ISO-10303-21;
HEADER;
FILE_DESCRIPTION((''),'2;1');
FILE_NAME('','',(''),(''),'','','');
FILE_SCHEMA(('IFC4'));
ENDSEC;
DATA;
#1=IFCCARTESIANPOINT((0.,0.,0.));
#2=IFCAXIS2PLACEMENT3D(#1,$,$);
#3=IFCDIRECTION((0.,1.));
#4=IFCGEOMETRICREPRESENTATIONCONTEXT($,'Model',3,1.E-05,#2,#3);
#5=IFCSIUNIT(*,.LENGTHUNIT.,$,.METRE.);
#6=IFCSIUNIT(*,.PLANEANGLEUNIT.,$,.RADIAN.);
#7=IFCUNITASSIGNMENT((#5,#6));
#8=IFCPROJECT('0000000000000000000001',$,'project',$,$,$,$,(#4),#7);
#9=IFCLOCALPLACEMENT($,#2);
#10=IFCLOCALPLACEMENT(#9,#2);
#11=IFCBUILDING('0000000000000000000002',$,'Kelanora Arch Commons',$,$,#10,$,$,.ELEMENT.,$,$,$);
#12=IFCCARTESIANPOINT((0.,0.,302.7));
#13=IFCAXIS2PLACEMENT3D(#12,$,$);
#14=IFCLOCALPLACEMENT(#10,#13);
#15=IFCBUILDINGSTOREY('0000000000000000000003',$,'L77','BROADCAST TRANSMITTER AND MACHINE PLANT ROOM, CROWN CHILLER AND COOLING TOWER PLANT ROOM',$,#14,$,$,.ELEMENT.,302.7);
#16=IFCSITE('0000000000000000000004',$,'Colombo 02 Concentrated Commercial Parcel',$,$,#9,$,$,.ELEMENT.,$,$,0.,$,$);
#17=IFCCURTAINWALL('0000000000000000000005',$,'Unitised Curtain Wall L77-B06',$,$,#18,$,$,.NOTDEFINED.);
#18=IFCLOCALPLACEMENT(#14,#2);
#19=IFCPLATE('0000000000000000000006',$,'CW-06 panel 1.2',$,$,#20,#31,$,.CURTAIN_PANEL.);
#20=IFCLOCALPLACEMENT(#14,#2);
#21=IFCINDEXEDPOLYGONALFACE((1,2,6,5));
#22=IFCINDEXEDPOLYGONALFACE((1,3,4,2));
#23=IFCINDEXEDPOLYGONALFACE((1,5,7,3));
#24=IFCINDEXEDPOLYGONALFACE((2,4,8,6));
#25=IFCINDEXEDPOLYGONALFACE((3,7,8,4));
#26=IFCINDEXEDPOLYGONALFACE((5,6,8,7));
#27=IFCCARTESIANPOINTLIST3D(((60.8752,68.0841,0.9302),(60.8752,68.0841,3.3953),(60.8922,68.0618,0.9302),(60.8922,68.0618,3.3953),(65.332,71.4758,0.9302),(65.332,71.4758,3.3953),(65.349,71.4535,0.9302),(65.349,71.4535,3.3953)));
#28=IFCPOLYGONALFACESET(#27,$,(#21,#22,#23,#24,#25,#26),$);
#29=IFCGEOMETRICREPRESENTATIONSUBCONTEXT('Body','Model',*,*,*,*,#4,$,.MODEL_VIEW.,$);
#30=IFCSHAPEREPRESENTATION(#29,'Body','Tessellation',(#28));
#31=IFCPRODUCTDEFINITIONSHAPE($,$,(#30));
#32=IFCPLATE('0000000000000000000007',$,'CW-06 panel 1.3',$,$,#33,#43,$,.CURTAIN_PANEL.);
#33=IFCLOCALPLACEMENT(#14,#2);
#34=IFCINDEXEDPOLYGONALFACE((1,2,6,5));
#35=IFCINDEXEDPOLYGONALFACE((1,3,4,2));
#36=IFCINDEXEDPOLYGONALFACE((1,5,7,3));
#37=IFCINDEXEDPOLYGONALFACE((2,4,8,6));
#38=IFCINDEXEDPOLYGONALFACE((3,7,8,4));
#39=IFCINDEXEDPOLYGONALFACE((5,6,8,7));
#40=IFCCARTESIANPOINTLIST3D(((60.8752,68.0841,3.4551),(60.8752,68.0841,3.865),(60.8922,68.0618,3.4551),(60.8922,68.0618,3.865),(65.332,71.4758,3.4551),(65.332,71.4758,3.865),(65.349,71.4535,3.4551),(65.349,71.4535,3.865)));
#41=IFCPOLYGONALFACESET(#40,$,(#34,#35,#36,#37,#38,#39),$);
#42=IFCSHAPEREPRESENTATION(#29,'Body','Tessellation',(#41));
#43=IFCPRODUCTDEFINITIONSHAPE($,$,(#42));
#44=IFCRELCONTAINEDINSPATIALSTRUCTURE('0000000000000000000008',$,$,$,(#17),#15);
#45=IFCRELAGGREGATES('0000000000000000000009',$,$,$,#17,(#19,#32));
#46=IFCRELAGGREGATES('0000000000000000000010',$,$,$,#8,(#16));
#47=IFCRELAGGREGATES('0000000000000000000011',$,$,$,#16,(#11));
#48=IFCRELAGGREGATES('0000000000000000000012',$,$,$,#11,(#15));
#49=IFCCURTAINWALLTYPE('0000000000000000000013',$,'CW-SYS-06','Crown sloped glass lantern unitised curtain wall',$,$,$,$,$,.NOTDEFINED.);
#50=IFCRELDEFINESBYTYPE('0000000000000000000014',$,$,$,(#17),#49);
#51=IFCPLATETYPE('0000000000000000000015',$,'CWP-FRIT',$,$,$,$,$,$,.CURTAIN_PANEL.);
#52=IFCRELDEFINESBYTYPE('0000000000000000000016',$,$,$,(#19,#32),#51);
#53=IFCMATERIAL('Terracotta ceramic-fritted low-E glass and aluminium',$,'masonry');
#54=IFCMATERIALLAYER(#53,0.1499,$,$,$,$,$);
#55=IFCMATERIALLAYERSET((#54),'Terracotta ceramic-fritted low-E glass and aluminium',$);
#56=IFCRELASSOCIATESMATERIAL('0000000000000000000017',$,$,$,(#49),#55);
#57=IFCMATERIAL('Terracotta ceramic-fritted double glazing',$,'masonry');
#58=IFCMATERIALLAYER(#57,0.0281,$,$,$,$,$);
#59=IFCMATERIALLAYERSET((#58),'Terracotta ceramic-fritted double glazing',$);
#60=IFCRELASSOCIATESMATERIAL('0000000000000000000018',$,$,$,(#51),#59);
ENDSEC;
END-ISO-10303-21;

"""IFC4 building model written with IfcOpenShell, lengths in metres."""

from ifc_helpers import new_model, si_unit, direction, frame, origin, origin_2d, place, context, subcontext, project, spatial, rectangle, extrude, source, transform, mapped, material, layer, layer_set, type_object, element, aggregate, save


model = new_model("IFC4")

# Units and contexts
model_context = context("Model", 3, precision=1e-05, world=origin(), true_north=direction((0.0, 1.0)))
body_context = subcontext(model_context, "Body", "Model", "MODEL_VIEW")
ifc_project = project(units=[si_unit("LENGTHUNIT", "METRE"), si_unit("PLANEANGLEUNIT", "RADIAN")], contexts=[model_context])

# Site, building, storey
site_placement = place(None, origin())
site = spatial("IfcSite", under=ifc_project, at=site_placement, Name="Colombo 02 Concentrated Commercial Parcel", CompositionType="ELEMENT", RefElevation=0.0)
building_placement = place(site_placement, origin())
building = spatial("IfcBuilding", under=site, at=building_placement, Name="Kelanora Arch Commons", CompositionType="ELEMENT")
storey_placement = place(building_placement, frame((0.0, 0.0, 302.7)))
storey = spatial("IfcBuildingStorey", under=building, at=storey_placement, Name="L77", Description="BROADCAST TRANSMITTER AND MACHINE PLANT ROOM, CROWN CHILLER AND COOLING TOWER PLANT ROOM", CompositionType="ELEMENT", Elevation=302.7)

# Shared definitions
ifc_material_1 = material(Name="Terracotta ceramic-fritted low-E glass and aluminium", Category="masonry")
ifc_layer_1 = layer(ifc_material_1, 0.1499)
ifc_layer_set_1 = layer_set([ifc_layer_1], Name="Terracotta ceramic-fritted low-E glass and aluminium")
curtain_wall_type = type_object("IfcCurtainWallType", Name="CW-SYS-06", Description="Crown sloped glass lantern unitised curtain wall", PredefinedType="NOTDEFINED", material=ifc_layer_set_1)

# Curtain wall
curtain_wall_1_placement = place(storey_placement, origin())
curtain_wall_1 = element("IfcCurtainWall", 1, at=curtain_wall_1_placement, inside=storey, type_object=curtain_wall_type, Name="Unitised Curtain Wall L77-B06", PredefinedType="NOTDEFINED")

# Plates
ifc_material_2 = material(Name="Terracotta ceramic-fritted double glazing", Category="masonry")
ifc_layer_2 = layer(ifc_material_2, 0.0281)
ifc_layer_set_2 = layer_set([ifc_layer_2], Name="Terracotta ceramic-fritted double glazing")
plate_type = type_object("IfcPlateType", Name="CWP-FRIT", PredefinedType="CURTAIN_PANEL", material=ifc_layer_set_2)
shared_shape_1 = source(origin(), body_context, "Body", "SweptSolid", [
    extrude(rectangle(XDim=5.6006, YDim=0.0281, at=origin_2d()), origin(), (0.0, 0.0, 1.0), 2.4651),
])
plate_1_placement = place(storey_placement, frame((63.1121, 69.7688, 0.9302), z_axis=(0.0, 0.0, 1.0), x_axis=(-0.795772, -0.605596, 0.0)))
plate_1 = element("IfcPlate", 2, at=plate_1_placement, type_object=plate_type, Name="CW-06 panel 1.2", PredefinedType="CURTAIN_PANEL", context=body_context, shape_type="MappedRepresentation", body=[
    mapped(shared_shape_1, transform((0.0, 0.0, 0.0), scale=1.0)),
])
shared_shape_2 = source(origin(), body_context, "Body", "SweptSolid", [
    extrude(rectangle(XDim=5.6006, YDim=0.0281, at=origin_2d()), origin(), (0.0, 0.0, 1.0), 0.4099),
])
plate_2_placement = place(storey_placement, frame((63.1121, 69.7688, 3.4551), z_axis=(0.0, 0.0, 1.0), x_axis=(-0.795772, -0.605596, 0.0)))
plate_2 = element("IfcPlate", 3, at=plate_2_placement, type_object=plate_type, Name="CW-06 panel 1.3", PredefinedType="CURTAIN_PANEL", context=body_context, shape_type="MappedRepresentation", body=[
    mapped(shared_shape_2, transform((0.0, 0.0, 0.0), scale=1.0)),
])
aggregate(curtain_wall_1, [plate_1, plate_2])

save(model, "model.ifc")
